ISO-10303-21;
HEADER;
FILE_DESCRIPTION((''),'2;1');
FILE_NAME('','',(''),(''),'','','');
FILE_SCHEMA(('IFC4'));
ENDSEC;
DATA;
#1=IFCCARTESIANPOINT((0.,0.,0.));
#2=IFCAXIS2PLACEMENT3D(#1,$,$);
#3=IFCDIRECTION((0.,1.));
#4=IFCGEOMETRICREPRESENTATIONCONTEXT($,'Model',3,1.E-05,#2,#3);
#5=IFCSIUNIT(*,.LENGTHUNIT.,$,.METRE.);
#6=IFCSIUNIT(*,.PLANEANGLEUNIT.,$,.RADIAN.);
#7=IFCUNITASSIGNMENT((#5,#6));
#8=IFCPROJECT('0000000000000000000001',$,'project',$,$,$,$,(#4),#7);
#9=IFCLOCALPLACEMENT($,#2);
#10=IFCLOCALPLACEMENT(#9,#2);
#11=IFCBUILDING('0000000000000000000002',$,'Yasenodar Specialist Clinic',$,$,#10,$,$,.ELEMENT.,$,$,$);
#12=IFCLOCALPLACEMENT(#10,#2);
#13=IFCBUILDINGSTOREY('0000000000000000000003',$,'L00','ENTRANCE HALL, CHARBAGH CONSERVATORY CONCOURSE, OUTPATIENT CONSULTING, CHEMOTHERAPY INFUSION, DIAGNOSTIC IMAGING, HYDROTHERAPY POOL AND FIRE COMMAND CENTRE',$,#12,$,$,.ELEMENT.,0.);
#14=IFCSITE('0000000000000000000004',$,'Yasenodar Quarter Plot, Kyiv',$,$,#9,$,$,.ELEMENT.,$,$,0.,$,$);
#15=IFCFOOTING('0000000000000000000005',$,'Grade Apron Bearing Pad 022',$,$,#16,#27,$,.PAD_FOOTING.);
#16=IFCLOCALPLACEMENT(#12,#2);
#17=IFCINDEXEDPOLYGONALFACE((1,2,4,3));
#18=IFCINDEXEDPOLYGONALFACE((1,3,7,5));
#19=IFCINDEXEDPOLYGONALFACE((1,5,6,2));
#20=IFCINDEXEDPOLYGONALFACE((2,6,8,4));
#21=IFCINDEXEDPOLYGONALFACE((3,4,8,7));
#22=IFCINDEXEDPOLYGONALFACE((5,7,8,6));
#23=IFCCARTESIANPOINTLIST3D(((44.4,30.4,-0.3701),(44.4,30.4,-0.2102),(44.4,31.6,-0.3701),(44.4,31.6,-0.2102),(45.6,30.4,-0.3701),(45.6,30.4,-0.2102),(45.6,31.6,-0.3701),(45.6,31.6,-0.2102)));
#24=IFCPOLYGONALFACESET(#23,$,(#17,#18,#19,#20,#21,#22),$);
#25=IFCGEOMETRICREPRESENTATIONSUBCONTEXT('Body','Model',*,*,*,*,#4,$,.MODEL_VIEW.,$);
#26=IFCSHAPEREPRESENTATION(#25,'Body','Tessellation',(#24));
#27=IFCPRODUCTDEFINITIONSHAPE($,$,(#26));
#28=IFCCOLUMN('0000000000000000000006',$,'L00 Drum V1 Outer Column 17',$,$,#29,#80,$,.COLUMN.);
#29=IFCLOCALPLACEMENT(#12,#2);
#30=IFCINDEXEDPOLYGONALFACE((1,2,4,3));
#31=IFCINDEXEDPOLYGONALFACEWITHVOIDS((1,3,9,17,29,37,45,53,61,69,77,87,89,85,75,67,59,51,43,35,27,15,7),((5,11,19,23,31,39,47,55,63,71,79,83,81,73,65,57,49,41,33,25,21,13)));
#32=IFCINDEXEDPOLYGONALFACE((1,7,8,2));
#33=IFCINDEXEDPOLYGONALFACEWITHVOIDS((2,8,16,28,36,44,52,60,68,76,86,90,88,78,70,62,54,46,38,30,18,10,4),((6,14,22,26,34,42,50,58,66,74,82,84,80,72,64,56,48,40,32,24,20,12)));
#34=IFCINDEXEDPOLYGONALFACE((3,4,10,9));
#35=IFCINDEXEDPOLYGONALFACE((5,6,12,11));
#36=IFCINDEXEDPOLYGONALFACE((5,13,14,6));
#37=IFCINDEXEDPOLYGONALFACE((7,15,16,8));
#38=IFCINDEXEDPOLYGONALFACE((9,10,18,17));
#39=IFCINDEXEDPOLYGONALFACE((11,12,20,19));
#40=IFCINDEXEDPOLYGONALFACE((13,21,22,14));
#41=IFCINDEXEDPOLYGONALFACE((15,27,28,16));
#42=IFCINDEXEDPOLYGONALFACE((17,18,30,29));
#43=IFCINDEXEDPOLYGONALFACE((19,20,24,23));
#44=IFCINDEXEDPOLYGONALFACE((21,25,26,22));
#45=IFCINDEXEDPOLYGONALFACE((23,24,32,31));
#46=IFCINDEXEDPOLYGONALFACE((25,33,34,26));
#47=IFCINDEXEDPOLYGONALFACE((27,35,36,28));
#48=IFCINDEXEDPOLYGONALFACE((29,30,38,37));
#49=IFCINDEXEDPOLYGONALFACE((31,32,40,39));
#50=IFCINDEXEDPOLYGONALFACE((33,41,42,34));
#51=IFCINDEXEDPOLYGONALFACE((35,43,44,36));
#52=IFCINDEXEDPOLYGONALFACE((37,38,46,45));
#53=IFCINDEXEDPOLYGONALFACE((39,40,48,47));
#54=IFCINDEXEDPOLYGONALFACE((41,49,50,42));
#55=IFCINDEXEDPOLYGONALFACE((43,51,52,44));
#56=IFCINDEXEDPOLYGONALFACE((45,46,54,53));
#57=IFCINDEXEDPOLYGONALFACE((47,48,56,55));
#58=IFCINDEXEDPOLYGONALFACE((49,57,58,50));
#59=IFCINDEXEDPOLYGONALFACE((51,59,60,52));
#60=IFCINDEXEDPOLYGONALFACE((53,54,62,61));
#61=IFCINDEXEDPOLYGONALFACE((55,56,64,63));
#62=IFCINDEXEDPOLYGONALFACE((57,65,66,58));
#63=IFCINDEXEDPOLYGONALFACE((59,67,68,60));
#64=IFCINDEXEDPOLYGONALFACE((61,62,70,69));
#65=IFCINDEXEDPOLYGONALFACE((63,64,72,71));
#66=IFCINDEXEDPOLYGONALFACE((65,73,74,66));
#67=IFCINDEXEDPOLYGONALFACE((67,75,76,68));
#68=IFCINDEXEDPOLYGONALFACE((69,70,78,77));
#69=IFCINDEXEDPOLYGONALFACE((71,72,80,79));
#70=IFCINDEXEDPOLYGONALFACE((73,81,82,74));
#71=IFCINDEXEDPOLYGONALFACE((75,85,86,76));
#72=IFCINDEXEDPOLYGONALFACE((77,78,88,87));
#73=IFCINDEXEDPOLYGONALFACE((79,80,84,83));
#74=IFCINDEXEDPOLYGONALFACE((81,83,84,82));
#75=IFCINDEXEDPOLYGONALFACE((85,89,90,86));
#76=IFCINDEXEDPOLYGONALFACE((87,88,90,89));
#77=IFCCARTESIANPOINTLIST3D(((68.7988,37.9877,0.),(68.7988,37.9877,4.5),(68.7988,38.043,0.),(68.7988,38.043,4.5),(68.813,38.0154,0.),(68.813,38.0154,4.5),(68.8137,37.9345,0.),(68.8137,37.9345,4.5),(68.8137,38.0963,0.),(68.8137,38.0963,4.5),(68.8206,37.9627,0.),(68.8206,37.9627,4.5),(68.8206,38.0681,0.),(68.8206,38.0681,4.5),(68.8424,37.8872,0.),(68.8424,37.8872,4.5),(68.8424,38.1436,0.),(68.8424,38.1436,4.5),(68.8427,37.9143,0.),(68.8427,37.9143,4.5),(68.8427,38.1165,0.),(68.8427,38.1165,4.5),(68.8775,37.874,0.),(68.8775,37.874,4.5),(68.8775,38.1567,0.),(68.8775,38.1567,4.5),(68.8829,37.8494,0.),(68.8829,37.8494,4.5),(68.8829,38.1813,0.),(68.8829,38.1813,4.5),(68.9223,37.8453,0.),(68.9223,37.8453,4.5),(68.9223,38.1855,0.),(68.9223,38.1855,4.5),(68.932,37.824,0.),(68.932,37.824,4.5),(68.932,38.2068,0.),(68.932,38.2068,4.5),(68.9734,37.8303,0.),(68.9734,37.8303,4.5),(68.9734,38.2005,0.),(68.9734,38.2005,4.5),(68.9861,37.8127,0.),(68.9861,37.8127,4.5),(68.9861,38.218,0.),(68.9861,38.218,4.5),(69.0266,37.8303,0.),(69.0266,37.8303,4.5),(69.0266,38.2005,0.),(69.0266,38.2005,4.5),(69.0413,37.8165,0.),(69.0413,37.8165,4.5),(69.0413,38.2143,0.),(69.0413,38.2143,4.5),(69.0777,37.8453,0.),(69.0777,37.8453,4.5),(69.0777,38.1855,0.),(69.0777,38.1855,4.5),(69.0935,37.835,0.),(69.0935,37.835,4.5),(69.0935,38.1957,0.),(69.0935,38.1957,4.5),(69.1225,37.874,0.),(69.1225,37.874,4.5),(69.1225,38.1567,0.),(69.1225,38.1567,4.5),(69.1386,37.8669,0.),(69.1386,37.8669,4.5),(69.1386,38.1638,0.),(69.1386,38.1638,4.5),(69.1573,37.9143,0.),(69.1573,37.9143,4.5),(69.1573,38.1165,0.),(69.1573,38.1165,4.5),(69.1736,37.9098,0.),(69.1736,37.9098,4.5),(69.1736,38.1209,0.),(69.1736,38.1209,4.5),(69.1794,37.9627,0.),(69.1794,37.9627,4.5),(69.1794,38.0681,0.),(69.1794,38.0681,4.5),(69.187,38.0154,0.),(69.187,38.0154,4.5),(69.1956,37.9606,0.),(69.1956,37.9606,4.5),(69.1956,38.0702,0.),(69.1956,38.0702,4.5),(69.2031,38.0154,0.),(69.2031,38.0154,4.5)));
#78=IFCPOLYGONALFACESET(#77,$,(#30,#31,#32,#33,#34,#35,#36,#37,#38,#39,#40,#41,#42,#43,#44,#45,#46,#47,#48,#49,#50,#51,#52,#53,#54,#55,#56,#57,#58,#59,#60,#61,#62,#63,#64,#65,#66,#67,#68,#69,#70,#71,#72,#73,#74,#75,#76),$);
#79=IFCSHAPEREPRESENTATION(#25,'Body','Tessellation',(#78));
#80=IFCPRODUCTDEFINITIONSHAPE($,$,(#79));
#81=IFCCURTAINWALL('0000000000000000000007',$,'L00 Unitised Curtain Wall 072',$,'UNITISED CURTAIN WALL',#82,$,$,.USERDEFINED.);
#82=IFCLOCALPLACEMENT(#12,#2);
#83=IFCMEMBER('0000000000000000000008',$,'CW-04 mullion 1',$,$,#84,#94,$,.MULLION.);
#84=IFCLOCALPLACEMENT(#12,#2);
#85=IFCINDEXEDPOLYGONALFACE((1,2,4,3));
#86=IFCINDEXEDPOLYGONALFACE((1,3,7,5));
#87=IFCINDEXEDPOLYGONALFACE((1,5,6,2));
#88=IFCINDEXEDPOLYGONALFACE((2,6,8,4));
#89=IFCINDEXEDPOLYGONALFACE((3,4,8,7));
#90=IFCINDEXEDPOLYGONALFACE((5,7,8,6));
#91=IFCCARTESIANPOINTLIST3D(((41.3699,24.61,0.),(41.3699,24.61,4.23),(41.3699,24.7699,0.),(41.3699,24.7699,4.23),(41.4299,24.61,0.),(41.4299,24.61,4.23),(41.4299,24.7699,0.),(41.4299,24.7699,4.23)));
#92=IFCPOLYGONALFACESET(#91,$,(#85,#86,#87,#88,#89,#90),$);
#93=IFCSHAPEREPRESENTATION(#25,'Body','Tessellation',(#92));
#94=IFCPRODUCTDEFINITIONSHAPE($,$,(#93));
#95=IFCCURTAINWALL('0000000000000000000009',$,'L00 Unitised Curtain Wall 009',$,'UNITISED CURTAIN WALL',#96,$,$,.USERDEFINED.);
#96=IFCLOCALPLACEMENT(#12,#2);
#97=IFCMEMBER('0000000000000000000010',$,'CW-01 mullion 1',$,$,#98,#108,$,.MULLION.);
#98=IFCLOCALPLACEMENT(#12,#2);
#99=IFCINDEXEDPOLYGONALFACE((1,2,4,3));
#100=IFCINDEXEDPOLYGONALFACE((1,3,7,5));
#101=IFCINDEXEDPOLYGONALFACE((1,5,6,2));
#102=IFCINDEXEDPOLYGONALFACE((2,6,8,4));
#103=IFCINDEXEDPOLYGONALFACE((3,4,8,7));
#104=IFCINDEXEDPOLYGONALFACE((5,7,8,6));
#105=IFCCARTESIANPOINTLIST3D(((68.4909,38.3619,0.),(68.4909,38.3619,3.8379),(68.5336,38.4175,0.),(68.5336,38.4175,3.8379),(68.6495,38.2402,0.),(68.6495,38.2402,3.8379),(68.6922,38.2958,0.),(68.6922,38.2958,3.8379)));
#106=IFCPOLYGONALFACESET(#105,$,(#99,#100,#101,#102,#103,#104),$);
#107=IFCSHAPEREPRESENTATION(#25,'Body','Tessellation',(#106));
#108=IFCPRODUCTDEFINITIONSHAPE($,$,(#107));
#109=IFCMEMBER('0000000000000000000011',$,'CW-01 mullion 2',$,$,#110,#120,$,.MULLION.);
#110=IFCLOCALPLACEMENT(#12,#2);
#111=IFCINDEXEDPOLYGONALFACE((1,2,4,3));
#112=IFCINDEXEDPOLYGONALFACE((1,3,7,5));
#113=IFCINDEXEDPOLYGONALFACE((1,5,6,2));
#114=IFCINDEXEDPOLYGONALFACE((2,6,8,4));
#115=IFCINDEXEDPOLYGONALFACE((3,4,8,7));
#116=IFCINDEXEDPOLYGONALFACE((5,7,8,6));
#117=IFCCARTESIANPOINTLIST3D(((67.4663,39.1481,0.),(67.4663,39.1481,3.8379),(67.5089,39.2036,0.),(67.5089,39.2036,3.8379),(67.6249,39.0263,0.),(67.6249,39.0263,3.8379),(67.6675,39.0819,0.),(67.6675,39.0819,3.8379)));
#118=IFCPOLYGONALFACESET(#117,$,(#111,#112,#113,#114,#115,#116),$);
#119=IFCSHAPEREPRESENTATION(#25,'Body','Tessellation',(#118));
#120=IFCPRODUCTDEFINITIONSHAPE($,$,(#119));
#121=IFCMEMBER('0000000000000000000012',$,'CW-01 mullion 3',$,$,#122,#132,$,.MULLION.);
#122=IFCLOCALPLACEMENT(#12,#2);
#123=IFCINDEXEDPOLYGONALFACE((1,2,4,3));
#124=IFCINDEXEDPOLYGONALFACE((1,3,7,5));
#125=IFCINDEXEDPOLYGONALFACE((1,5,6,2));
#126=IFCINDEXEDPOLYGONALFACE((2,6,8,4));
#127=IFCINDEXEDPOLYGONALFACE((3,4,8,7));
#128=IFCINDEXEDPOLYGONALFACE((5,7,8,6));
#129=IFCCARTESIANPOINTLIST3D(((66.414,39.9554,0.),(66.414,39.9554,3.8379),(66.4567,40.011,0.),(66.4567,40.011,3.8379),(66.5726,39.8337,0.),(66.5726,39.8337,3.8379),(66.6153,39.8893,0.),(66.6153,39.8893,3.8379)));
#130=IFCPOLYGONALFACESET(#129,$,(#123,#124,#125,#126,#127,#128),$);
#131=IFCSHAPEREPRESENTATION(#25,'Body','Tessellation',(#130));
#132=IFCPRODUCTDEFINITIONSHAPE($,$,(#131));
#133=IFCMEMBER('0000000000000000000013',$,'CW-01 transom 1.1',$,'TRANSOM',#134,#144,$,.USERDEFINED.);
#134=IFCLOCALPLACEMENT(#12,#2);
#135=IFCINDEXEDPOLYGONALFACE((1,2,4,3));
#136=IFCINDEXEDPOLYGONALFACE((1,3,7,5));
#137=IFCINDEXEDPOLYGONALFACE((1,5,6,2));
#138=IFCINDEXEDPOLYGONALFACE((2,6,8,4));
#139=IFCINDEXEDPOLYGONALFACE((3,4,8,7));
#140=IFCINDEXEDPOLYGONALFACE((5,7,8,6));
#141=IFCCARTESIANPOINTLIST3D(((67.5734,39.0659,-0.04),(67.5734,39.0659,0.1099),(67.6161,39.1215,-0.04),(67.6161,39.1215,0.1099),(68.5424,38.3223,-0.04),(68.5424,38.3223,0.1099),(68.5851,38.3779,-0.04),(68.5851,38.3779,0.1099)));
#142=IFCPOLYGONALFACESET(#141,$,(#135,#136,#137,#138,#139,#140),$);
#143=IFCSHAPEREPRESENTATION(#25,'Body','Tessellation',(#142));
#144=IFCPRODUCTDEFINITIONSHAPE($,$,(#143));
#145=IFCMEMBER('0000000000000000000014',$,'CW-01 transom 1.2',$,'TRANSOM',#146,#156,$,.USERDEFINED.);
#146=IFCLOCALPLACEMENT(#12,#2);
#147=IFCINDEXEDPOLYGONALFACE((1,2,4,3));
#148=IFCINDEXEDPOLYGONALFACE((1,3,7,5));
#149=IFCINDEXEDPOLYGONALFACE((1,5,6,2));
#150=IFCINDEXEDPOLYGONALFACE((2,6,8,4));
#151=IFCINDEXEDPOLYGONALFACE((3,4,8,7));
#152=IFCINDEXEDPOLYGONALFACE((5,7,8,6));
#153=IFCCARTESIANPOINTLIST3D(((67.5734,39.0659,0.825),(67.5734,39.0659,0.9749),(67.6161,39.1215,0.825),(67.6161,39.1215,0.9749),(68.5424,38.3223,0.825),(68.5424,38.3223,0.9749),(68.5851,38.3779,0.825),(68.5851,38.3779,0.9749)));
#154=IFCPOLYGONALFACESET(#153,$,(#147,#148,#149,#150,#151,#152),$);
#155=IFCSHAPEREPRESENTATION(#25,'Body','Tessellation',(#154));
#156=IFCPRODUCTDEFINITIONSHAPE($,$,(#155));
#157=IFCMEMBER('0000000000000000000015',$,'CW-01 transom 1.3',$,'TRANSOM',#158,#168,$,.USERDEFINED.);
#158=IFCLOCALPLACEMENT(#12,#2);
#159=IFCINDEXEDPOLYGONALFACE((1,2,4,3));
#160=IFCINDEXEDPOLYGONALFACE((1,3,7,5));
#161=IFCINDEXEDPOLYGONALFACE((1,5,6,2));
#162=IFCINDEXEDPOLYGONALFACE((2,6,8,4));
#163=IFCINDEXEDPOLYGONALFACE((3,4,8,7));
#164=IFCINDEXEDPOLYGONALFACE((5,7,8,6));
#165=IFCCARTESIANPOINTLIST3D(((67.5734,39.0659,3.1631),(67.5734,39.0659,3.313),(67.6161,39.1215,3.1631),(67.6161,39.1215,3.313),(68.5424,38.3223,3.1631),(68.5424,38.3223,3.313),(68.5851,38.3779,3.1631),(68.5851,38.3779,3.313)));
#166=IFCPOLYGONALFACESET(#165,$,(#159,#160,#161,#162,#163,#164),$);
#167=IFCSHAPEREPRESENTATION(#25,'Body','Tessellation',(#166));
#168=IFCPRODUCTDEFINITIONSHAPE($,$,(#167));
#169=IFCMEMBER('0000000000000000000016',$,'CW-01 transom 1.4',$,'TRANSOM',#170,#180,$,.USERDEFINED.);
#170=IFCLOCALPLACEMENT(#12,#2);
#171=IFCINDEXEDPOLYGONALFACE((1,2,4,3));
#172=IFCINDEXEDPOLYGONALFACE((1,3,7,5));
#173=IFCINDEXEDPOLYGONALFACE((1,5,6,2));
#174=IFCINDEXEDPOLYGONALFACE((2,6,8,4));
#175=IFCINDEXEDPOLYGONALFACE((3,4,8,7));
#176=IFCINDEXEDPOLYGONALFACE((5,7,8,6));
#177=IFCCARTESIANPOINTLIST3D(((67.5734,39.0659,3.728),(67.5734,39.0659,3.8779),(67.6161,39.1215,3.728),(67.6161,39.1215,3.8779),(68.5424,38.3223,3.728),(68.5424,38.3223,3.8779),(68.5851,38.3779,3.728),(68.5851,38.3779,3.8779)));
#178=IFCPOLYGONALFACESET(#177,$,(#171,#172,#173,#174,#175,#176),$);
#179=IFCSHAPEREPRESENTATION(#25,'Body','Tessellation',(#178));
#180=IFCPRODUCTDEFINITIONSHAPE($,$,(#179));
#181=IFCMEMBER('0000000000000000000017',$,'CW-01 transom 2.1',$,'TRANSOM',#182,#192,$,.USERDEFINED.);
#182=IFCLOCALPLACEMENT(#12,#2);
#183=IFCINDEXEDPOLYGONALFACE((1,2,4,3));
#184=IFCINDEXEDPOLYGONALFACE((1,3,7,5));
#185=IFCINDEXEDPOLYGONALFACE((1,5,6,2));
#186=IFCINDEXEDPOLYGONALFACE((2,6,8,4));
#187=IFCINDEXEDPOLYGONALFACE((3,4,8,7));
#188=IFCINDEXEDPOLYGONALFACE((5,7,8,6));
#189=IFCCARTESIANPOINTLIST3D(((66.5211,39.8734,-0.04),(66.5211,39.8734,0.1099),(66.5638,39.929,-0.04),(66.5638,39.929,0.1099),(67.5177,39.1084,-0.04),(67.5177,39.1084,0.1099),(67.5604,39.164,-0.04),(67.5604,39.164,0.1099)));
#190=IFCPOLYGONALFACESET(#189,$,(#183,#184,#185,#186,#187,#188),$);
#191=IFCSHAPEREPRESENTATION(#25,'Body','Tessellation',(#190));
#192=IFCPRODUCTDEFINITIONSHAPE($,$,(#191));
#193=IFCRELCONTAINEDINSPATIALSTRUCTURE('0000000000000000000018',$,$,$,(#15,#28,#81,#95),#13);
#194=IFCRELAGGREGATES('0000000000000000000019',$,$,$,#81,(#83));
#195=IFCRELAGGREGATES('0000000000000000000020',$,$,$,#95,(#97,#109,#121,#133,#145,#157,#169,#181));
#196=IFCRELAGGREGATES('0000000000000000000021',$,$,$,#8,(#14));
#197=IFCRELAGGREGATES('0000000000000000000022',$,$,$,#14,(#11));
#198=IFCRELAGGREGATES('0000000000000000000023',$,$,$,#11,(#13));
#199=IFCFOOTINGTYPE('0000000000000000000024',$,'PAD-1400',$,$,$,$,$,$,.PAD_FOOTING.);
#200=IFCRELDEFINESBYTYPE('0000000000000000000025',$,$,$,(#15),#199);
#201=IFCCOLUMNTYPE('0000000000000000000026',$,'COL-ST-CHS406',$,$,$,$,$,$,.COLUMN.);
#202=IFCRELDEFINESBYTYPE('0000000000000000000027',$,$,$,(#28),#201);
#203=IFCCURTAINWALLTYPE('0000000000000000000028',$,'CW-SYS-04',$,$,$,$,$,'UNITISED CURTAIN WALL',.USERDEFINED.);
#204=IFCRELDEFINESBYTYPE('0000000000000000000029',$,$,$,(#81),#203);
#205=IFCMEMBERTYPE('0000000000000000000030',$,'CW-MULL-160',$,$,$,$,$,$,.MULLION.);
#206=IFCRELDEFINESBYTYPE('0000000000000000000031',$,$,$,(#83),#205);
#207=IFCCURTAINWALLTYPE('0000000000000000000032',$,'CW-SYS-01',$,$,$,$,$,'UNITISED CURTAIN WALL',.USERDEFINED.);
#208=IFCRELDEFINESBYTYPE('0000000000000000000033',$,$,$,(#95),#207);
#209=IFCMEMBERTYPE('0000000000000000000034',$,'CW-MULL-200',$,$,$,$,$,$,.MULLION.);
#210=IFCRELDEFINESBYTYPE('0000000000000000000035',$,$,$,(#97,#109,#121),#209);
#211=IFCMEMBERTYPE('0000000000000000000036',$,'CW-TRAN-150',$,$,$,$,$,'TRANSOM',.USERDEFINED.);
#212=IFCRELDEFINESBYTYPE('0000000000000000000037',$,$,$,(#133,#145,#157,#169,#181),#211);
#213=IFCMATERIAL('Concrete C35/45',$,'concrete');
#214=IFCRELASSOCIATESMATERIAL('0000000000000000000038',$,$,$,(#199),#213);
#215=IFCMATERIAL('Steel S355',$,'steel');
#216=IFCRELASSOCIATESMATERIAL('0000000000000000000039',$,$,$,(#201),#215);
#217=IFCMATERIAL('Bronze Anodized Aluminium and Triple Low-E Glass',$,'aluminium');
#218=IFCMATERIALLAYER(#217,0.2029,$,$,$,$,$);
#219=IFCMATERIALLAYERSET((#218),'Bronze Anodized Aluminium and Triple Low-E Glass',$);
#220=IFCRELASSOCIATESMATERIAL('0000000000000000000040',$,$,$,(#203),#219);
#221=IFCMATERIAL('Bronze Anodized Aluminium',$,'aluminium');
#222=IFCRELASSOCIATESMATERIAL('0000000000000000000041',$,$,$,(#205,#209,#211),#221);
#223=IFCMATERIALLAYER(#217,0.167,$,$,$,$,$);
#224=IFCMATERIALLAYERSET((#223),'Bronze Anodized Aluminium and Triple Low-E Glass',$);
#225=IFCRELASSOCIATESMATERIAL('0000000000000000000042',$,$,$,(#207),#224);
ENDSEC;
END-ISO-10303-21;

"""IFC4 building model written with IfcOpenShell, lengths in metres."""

from ifc_helpers import new_model, si_unit, direction, frame, origin, origin_2d, place, context, subcontext, project, spatial, rectangle, hollow_circle, extrude, material, layer, layer_set, material_profile, profile_set, type_object, element, aggregate, save


model = new_model("IFC4")

# Units and contexts
model_context = context("Model", 3, precision=1e-05, world=origin(), true_north=direction((0.0, 1.0)))
body_context = subcontext(model_context, "Body", "Model", "MODEL_VIEW")
ifc_project = project(units=[si_unit("LENGTHUNIT", "METRE"), si_unit("PLANEANGLEUNIT", "RADIAN")], contexts=[model_context])

# Site, building, storey
site_placement = place(None, origin())
site = spatial("IfcSite", under=ifc_project, at=site_placement, Name="Yasenodar Quarter Plot, Kyiv", CompositionType="ELEMENT", RefElevation=0.0)
building_placement = place(site_placement, origin())
building = spatial("IfcBuilding", under=site, at=building_placement, Name="Yasenodar Specialist Clinic", CompositionType="ELEMENT")
storey_placement = place(building_placement, origin())
storey = spatial("IfcBuildingStorey", under=building, at=storey_placement, Name="L00", Description="ENTRANCE HALL, CHARBAGH CONSERVATORY CONCOURSE, OUTPATIENT CONSULTING, CHEMOTHERAPY INFUSION, DIAGNOSTIC IMAGING, HYDROTHERAPY POOL AND FIRE COMMAND CENTRE", CompositionType="ELEMENT", Elevation=0.0)

# Footing
ifc_material_1 = material(Name="Concrete C35/45", Category="concrete")
footing_type = type_object("IfcFootingType", Name="PAD-1400", PredefinedType="PAD_FOOTING", material=ifc_material_1)
footing_placement = place(storey_placement, frame((45.0, 31.0, -0.3701), z_axis=(0.0, 0.0, 1.0), x_axis=(1.0, 0.0, 0.0)))
element("IfcFooting", 1, at=footing_placement, inside=storey, type_object=footing_type, Name="Grade Apron Bearing Pad 022", PredefinedType="PAD_FOOTING", context=body_context, shape_type="SweptSolid", body=[
    extrude(rectangle(XDim=1.2, YDim=1.2, at=origin_2d()), origin(), (0.0, 0.0, 1.0), 0.1599),
])

# Column
ifc_material_2 = material(Name="Steel S355", Category="steel")
ifc_material_profile_1 = material_profile(ifc_material_2, hollow_circle(Radius=0.2031, WallThickness=0.0161, at=origin_2d()), Name="CHS 406.4x16")
ifc_profile_set_1 = profile_set([ifc_material_profile_1], Name="Steel S355")
column_type = type_object("IfcColumnType", Name="COL-ST-CHS406", PredefinedType="COLUMN", material=ifc_profile_set_1)
column_placement = place(storey_placement, frame((69.0, 38.0154, 0.0), z_axis=(0.0, 0.0, 1.0), x_axis=(1.0, 0.0, 0.0)))
element("IfcColumn", 2, at=column_placement, inside=storey, type_object=column_type, Name="L00 Drum V1 Outer Column 17", PredefinedType="COLUMN", context=body_context, shape_type="SweptSolid", body=[
    extrude(hollow_circle(Radius=0.2031, WallThickness=0.0161, at=origin_2d()), origin(), (0.0, 0.0, 1.0), 4.5),
])

# Curtain wall, member
ifc_material_3 = material(Name="Bronze Anodized Aluminium and Triple Low-E Glass", Category="aluminium")
ifc_layer_1 = layer(ifc_material_3, 0.2029)
ifc_layer_set_1 = layer_set([ifc_layer_1], Name="Bronze Anodized Aluminium and Triple Low-E Glass")
curtain_wall_type_1 = type_object("IfcCurtainWallType", Name="CW-SYS-04", ElementType="UNITISED CURTAIN WALL", PredefinedType="USERDEFINED", material=ifc_layer_set_1)
curtain_wall_1_placement = place(storey_placement, origin())
curtain_wall_1 = element("IfcCurtainWall", 3, at=curtain_wall_1_placement, inside=storey, type_object=curtain_wall_type_1, Name="L00 Unitised Curtain Wall 072", ObjectType="UNITISED CURTAIN WALL", PredefinedType="USERDEFINED")
ifc_material_4 = material(Name="Bronze Anodized Aluminium", Category="aluminium")
ifc_material_profile_2 = material_profile(ifc_material_4, rectangle(XDim=0.0601, YDim=0.1599, at=origin_2d()), Name="CW-MULL 60x160")
ifc_profile_set_2 = profile_set([ifc_material_profile_2], Name="Bronze Anodized Aluminium")
member_type_1 = type_object("IfcMemberType", Name="CW-MULL-160", PredefinedType="MULLION", material=ifc_profile_set_2)
member_1_placement = place(storey_placement, frame((41.3999, 24.6899, 0.0), z_axis=(0.0, 0.0, 1.0), x_axis=(1.0, 0.0, 0.0)))
member_1 = element("IfcMember", 4, at=member_1_placement, type_object=member_type_1, Name="CW-04 mullion 1", PredefinedType="MULLION", context=body_context, shape_type="SweptSolid", body=[
    extrude(rectangle(XDim=0.0601, YDim=0.1599, at=origin_2d()), origin(), (0.0, 0.0, 1.0), 4.23),
])
aggregate(curtain_wall_1, [member_1])

# Curtain wall, members
ifc_layer_2 = layer(ifc_material_3, 0.167)
ifc_layer_set_2 = layer_set([ifc_layer_2], Name="Bronze Anodized Aluminium and Triple Low-E Glass")
curtain_wall_type_2 = type_object("IfcCurtainWallType", Name="CW-SYS-01", ElementType="UNITISED CURTAIN WALL", PredefinedType="USERDEFINED", material=ifc_layer_set_2)
curtain_wall_2_placement = place(storey_placement, origin())
curtain_wall_2 = element("IfcCurtainWall", 5, at=curtain_wall_2_placement, inside=storey, type_object=curtain_wall_type_2, Name="L00 Unitised Curtain Wall 009", ObjectType="UNITISED CURTAIN WALL", PredefinedType="USERDEFINED")
ifc_material_profile_3 = material_profile(ifc_material_4, rectangle(XDim=0.0701, YDim=0.2, at=origin_2d()), Name="CW-MULL 70x200")
ifc_profile_set_3 = profile_set([ifc_material_profile_3], Name="Bronze Anodized Aluminium")
member_type_2 = type_object("IfcMemberType", Name="CW-MULL-200", PredefinedType="MULLION", material=ifc_profile_set_3)
member_2_placement = place(storey_placement, frame((68.5916, 38.3289, 0.0), z_axis=(0.0, 0.0, 1.0), x_axis=(-0.608752, -0.793361, 0.0)))
member_2 = element("IfcMember", 6, at=member_2_placement, type_object=member_type_2, Name="CW-01 mullion 1", PredefinedType="MULLION", context=body_context, shape_type="SweptSolid", body=[
    extrude(rectangle(XDim=0.0701, YDim=0.2, at=origin_2d()), origin(), (0.0, 0.0, 1.0), 3.8379),
])
member_3_placement = place(storey_placement, frame((67.5669, 39.115, 0.0), z_axis=(0.0, 0.0, 1.0), x_axis=(-0.608752, -0.793361, 0.0)))
member_3 = element("IfcMember", 7, at=member_3_placement, type_object=member_type_2, Name="CW-01 mullion 2", PredefinedType="MULLION", context=body_context, shape_type="SweptSolid", body=[
    extrude(rectangle(XDim=0.0701, YDim=0.2, at=origin_2d()), origin(), (0.0, 0.0, 1.0), 3.8379),
])
member_4_placement = place(storey_placement, frame((66.5146, 39.9224, 0.0), z_axis=(0.0, 0.0, 1.0), x_axis=(-0.608752, -0.793361, 0.0)))
member_4 = element("IfcMember", 8, at=member_4_placement, type_object=member_type_2, Name="CW-01 mullion 3", PredefinedType="MULLION", context=body_context, shape_type="SweptSolid", body=[
    extrude(rectangle(XDim=0.0701, YDim=0.2, at=origin_2d()), origin(), (0.0, 0.0, 1.0), 3.8379),
])
ifc_material_profile_4 = material_profile(ifc_material_4, rectangle(XDim=0.0701, YDim=0.1499, at=origin_2d()), Name="CW-TRAN 70x150")
ifc_profile_set_4 = profile_set([ifc_material_profile_4], Name="Bronze Anodized Aluminium")
member_type_3 = type_object("IfcMemberType", Name="CW-TRAN-150", ElementType="TRANSOM", PredefinedType="USERDEFINED", material=ifc_profile_set_4)
member_5_placement = place(storey_placement, frame((68.5637, 38.3501, 0.0349), z_axis=(-0.793307, 0.608822, 0.0), x_axis=(-0.608822, -0.793307, 0.0)))
member_5 = element("IfcMember", 9, at=member_5_placement, type_object=member_type_3, Name="CW-01 transom 1.1", ObjectType="TRANSOM", PredefinedType="USERDEFINED", context=body_context, shape_type="SweptSolid", body=[
    extrude(rectangle(XDim=0.0701, YDim=0.1499, at=origin_2d()), origin(), (0.0, 0.0, 1.0), 1.2214),
])
member_6_placement = place(storey_placement, frame((68.5637, 38.3501, 0.8999), z_axis=(-0.793307, 0.608822, 0.0), x_axis=(-0.608822, -0.793307, 0.0)))
member_6 = element("IfcMember", 10, at=member_6_placement, type_object=member_type_3, Name="CW-01 transom 1.2", ObjectType="TRANSOM", PredefinedType="USERDEFINED", context=body_context, shape_type="SweptSolid", body=[
    extrude(rectangle(XDim=0.0701, YDim=0.1499, at=origin_2d()), origin(), (0.0, 0.0, 1.0), 1.2214),
])
member_7_placement = place(storey_placement, frame((68.5637, 38.3501, 3.238), z_axis=(-0.793307, 0.608822, 0.0), x_axis=(-0.608822, -0.793307, 0.0)))
member_7 = element("IfcMember", 11, at=member_7_placement, type_object=member_type_3, Name="CW-01 transom 1.3", ObjectType="TRANSOM", PredefinedType="USERDEFINED", context=body_context, shape_type="SweptSolid", body=[
    extrude(rectangle(XDim=0.0701, YDim=0.1499, at=origin_2d()), origin(), (0.0, 0.0, 1.0), 1.2214),
])
member_8_placement = place(storey_placement, frame((68.5637, 38.3501, 3.803), z_axis=(-0.793307, 0.608822, 0.0), x_axis=(-0.608822, -0.793307, 0.0)))
member_8 = element("IfcMember", 12, at=member_8_placement, type_object=member_type_3, Name="CW-01 transom 1.4", ObjectType="TRANSOM", PredefinedType="USERDEFINED", context=body_context, shape_type="SweptSolid", body=[
    extrude(rectangle(XDim=0.0701, YDim=0.1499, at=origin_2d()), origin(), (0.0, 0.0, 1.0), 1.2214),
])
member_9_placement = place(storey_placement, frame((67.5391, 39.1362, 0.0349), z_axis=(-0.793281, 0.608856, 0.0), x_axis=(-0.608856, -0.793281, 0.0)))
member_9 = element("IfcMember", 13, at=member_9_placement, type_object=member_type_3, Name="CW-01 transom 2.1", ObjectType="TRANSOM", PredefinedType="USERDEFINED", context=body_context, shape_type="SweptSolid", body=[
    extrude(rectangle(XDim=0.0701, YDim=0.1499, at=origin_2d()), origin(), (0.0, 0.0, 1.0), 1.2563),
])
aggregate(curtain_wall_2, [member_2, member_3, member_4, member_5, member_6, member_7, member_8, member_9])

save(model, "model.ifc")
